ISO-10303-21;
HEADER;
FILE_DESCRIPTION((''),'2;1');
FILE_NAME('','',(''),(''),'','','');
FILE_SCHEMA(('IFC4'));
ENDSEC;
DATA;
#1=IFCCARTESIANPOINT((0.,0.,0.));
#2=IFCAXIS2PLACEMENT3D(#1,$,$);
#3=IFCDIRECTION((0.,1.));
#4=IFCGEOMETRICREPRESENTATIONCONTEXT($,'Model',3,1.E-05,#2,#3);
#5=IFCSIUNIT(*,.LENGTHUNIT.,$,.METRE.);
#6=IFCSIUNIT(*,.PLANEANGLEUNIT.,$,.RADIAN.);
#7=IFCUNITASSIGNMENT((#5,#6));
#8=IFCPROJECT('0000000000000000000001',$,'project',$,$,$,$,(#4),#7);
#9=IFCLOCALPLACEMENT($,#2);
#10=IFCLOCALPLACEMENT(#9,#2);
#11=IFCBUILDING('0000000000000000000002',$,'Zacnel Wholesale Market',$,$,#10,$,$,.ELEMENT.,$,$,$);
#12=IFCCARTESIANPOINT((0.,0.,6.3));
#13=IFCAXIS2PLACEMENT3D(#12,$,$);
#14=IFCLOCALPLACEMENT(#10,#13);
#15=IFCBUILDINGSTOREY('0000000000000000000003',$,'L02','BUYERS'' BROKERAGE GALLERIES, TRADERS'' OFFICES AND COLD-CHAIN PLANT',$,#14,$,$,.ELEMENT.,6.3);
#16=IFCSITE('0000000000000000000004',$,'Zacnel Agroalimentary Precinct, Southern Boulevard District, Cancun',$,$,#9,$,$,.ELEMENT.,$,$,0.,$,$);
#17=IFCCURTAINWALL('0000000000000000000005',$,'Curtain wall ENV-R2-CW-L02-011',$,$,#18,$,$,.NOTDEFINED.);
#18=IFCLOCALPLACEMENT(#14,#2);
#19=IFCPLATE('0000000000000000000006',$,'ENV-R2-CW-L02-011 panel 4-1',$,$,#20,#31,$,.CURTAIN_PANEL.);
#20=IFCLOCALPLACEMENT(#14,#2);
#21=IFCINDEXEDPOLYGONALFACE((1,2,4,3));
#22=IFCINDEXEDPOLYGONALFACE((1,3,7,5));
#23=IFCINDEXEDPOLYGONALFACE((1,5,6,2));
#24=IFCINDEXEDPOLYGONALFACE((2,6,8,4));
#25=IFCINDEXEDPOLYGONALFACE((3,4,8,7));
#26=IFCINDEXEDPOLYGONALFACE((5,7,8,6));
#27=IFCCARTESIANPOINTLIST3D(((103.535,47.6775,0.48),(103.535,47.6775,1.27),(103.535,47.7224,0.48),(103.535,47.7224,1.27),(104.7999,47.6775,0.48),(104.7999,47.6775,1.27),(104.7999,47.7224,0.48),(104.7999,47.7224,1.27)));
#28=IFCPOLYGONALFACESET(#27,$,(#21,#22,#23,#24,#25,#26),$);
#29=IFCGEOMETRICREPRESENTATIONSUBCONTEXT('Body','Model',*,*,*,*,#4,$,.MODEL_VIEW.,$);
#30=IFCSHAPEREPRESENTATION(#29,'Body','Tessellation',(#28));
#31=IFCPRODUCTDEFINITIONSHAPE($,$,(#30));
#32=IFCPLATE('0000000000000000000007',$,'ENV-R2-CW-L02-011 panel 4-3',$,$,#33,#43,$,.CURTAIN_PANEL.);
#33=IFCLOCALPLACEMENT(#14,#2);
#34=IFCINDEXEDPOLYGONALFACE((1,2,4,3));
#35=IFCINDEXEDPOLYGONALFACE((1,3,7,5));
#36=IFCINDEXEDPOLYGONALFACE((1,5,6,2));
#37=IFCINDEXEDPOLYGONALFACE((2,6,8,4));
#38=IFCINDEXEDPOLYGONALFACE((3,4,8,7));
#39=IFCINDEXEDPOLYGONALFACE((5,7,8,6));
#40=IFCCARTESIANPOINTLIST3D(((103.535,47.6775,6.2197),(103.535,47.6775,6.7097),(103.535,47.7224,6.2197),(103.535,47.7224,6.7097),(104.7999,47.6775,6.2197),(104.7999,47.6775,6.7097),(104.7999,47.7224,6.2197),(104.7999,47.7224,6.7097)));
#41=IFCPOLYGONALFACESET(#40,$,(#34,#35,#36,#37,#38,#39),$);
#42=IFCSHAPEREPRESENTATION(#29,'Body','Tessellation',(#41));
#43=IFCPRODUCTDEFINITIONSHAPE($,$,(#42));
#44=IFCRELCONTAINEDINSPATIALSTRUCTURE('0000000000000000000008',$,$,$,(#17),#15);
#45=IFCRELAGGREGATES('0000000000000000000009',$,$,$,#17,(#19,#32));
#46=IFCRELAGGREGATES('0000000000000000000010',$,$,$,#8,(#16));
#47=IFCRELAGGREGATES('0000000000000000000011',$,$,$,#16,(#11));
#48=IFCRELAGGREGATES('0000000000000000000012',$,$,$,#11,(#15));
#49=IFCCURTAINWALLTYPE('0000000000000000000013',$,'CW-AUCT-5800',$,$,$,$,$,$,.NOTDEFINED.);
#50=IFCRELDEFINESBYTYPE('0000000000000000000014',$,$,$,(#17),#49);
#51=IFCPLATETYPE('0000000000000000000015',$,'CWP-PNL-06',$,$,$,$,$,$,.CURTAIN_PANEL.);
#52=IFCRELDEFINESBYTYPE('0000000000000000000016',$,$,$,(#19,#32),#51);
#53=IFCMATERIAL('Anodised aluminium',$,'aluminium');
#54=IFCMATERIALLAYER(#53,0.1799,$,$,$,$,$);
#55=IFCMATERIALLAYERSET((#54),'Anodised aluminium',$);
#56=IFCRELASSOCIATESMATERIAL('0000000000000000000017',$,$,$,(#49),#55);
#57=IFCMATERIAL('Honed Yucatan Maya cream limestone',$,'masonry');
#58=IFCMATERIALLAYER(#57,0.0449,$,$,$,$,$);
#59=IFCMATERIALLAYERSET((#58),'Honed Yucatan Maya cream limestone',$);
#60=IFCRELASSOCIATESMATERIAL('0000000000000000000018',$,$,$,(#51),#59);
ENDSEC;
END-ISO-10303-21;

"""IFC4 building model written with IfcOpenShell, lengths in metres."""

from ifc_helpers import new_model, si_unit, direction, frame, origin, origin_2d, place, context, subcontext, project, spatial, rectangle, extrude, material, layer, layer_set, type_object, element, aggregate, save


model = new_model("IFC4")

# Units and contexts
model_context = context("Model", 3, precision=1e-05, world=origin(), true_north=direction((0.0, 1.0)))
body_context = subcontext(model_context, "Body", "Model", "MODEL_VIEW")
ifc_project = project(units=[si_unit("LENGTHUNIT", "METRE"), si_unit("PLANEANGLEUNIT", "RADIAN")], contexts=[model_context])

# Site, building, storey
site_placement = place(None, origin())
site = spatial("IfcSite", under=ifc_project, at=site_placement, Name="Zacnel Agroalimentary Precinct, Southern Boulevard District, Cancun", CompositionType="ELEMENT", RefElevation=0.0)
building_placement = place(site_placement, origin())
building = spatial("IfcBuilding", under=site, at=building_placement, Name="Zacnel Wholesale Market", CompositionType="ELEMENT")
storey_placement = place(building_placement, frame((0.0, 0.0, 6.3)))
storey = spatial("IfcBuildingStorey", under=building, at=storey_placement, Name="L02", Description="BUYERS' BROKERAGE GALLERIES, TRADERS' OFFICES AND COLD-CHAIN PLANT", CompositionType="ELEMENT", Elevation=6.3)

# Curtain wall, plates
ifc_material_1 = material(Name="Anodised aluminium", Category="aluminium")
ifc_layer_1 = layer(ifc_material_1, 0.1799)
ifc_layer_set_1 = layer_set([ifc_layer_1], Name="Anodised aluminium")
curtain_wall_type = type_object("IfcCurtainWallType", Name="CW-AUCT-5800", PredefinedType="NOTDEFINED", material=ifc_layer_set_1)
curtain_wall_placement = place(storey_placement, origin())
curtain_wall = element("IfcCurtainWall", 1, at=curtain_wall_placement, inside=storey, type_object=curtain_wall_type, Name="Curtain wall ENV-R2-CW-L02-011", PredefinedType="NOTDEFINED")
ifc_material_2 = material(Name="Honed Yucatan Maya cream limestone", Category="masonry")
ifc_layer_2 = layer(ifc_material_2, 0.0449)
ifc_layer_set_2 = layer_set([ifc_layer_2], Name="Honed Yucatan Maya cream limestone")
plate_type_1 = type_object("IfcPlateType", Name="CWP-PNL-06", PredefinedType="CURTAIN_PANEL", material=ifc_layer_set_2)
plate_1_placement = place(storey_placement, frame((104.1675, 47.7, 0.48), z_axis=(0.0, 0.0, 1.0), x_axis=(1.0, 0.0, 0.0)))
plate_1 = element("IfcPlate", 2, at=plate_1_placement, type_object=plate_type_1, Name="ENV-R2-CW-L02-011 panel 4-1", PredefinedType="CURTAIN_PANEL", context=body_context, shape_type="SweptSolid", body=[
    extrude(rectangle(XDim=1.2649, YDim=0.0449, at=origin_2d()), origin(), (0.0, 0.0, 1.0), 0.79),
])
plate_2_placement = place(storey_placement, frame((104.1675, 47.7, 6.2197), z_axis=(0.0, 0.0, 1.0), x_axis=(1.0, 0.0, 0.0)))
plate_2 = element("IfcPlate", 3, at=plate_2_placement, type_object=plate_type_1, Name="ENV-R2-CW-L02-011 panel 4-3", PredefinedType="CURTAIN_PANEL", context=body_context, shape_type="SweptSolid", body=[
    extrude(rectangle(XDim=1.2649, YDim=0.0449, at=origin_2d()), origin(), (0.0, 0.0, 1.0), 0.49),
])
aggregate(curtain_wall, [plate_1, plate_2])

save(model, "model.ifc")
